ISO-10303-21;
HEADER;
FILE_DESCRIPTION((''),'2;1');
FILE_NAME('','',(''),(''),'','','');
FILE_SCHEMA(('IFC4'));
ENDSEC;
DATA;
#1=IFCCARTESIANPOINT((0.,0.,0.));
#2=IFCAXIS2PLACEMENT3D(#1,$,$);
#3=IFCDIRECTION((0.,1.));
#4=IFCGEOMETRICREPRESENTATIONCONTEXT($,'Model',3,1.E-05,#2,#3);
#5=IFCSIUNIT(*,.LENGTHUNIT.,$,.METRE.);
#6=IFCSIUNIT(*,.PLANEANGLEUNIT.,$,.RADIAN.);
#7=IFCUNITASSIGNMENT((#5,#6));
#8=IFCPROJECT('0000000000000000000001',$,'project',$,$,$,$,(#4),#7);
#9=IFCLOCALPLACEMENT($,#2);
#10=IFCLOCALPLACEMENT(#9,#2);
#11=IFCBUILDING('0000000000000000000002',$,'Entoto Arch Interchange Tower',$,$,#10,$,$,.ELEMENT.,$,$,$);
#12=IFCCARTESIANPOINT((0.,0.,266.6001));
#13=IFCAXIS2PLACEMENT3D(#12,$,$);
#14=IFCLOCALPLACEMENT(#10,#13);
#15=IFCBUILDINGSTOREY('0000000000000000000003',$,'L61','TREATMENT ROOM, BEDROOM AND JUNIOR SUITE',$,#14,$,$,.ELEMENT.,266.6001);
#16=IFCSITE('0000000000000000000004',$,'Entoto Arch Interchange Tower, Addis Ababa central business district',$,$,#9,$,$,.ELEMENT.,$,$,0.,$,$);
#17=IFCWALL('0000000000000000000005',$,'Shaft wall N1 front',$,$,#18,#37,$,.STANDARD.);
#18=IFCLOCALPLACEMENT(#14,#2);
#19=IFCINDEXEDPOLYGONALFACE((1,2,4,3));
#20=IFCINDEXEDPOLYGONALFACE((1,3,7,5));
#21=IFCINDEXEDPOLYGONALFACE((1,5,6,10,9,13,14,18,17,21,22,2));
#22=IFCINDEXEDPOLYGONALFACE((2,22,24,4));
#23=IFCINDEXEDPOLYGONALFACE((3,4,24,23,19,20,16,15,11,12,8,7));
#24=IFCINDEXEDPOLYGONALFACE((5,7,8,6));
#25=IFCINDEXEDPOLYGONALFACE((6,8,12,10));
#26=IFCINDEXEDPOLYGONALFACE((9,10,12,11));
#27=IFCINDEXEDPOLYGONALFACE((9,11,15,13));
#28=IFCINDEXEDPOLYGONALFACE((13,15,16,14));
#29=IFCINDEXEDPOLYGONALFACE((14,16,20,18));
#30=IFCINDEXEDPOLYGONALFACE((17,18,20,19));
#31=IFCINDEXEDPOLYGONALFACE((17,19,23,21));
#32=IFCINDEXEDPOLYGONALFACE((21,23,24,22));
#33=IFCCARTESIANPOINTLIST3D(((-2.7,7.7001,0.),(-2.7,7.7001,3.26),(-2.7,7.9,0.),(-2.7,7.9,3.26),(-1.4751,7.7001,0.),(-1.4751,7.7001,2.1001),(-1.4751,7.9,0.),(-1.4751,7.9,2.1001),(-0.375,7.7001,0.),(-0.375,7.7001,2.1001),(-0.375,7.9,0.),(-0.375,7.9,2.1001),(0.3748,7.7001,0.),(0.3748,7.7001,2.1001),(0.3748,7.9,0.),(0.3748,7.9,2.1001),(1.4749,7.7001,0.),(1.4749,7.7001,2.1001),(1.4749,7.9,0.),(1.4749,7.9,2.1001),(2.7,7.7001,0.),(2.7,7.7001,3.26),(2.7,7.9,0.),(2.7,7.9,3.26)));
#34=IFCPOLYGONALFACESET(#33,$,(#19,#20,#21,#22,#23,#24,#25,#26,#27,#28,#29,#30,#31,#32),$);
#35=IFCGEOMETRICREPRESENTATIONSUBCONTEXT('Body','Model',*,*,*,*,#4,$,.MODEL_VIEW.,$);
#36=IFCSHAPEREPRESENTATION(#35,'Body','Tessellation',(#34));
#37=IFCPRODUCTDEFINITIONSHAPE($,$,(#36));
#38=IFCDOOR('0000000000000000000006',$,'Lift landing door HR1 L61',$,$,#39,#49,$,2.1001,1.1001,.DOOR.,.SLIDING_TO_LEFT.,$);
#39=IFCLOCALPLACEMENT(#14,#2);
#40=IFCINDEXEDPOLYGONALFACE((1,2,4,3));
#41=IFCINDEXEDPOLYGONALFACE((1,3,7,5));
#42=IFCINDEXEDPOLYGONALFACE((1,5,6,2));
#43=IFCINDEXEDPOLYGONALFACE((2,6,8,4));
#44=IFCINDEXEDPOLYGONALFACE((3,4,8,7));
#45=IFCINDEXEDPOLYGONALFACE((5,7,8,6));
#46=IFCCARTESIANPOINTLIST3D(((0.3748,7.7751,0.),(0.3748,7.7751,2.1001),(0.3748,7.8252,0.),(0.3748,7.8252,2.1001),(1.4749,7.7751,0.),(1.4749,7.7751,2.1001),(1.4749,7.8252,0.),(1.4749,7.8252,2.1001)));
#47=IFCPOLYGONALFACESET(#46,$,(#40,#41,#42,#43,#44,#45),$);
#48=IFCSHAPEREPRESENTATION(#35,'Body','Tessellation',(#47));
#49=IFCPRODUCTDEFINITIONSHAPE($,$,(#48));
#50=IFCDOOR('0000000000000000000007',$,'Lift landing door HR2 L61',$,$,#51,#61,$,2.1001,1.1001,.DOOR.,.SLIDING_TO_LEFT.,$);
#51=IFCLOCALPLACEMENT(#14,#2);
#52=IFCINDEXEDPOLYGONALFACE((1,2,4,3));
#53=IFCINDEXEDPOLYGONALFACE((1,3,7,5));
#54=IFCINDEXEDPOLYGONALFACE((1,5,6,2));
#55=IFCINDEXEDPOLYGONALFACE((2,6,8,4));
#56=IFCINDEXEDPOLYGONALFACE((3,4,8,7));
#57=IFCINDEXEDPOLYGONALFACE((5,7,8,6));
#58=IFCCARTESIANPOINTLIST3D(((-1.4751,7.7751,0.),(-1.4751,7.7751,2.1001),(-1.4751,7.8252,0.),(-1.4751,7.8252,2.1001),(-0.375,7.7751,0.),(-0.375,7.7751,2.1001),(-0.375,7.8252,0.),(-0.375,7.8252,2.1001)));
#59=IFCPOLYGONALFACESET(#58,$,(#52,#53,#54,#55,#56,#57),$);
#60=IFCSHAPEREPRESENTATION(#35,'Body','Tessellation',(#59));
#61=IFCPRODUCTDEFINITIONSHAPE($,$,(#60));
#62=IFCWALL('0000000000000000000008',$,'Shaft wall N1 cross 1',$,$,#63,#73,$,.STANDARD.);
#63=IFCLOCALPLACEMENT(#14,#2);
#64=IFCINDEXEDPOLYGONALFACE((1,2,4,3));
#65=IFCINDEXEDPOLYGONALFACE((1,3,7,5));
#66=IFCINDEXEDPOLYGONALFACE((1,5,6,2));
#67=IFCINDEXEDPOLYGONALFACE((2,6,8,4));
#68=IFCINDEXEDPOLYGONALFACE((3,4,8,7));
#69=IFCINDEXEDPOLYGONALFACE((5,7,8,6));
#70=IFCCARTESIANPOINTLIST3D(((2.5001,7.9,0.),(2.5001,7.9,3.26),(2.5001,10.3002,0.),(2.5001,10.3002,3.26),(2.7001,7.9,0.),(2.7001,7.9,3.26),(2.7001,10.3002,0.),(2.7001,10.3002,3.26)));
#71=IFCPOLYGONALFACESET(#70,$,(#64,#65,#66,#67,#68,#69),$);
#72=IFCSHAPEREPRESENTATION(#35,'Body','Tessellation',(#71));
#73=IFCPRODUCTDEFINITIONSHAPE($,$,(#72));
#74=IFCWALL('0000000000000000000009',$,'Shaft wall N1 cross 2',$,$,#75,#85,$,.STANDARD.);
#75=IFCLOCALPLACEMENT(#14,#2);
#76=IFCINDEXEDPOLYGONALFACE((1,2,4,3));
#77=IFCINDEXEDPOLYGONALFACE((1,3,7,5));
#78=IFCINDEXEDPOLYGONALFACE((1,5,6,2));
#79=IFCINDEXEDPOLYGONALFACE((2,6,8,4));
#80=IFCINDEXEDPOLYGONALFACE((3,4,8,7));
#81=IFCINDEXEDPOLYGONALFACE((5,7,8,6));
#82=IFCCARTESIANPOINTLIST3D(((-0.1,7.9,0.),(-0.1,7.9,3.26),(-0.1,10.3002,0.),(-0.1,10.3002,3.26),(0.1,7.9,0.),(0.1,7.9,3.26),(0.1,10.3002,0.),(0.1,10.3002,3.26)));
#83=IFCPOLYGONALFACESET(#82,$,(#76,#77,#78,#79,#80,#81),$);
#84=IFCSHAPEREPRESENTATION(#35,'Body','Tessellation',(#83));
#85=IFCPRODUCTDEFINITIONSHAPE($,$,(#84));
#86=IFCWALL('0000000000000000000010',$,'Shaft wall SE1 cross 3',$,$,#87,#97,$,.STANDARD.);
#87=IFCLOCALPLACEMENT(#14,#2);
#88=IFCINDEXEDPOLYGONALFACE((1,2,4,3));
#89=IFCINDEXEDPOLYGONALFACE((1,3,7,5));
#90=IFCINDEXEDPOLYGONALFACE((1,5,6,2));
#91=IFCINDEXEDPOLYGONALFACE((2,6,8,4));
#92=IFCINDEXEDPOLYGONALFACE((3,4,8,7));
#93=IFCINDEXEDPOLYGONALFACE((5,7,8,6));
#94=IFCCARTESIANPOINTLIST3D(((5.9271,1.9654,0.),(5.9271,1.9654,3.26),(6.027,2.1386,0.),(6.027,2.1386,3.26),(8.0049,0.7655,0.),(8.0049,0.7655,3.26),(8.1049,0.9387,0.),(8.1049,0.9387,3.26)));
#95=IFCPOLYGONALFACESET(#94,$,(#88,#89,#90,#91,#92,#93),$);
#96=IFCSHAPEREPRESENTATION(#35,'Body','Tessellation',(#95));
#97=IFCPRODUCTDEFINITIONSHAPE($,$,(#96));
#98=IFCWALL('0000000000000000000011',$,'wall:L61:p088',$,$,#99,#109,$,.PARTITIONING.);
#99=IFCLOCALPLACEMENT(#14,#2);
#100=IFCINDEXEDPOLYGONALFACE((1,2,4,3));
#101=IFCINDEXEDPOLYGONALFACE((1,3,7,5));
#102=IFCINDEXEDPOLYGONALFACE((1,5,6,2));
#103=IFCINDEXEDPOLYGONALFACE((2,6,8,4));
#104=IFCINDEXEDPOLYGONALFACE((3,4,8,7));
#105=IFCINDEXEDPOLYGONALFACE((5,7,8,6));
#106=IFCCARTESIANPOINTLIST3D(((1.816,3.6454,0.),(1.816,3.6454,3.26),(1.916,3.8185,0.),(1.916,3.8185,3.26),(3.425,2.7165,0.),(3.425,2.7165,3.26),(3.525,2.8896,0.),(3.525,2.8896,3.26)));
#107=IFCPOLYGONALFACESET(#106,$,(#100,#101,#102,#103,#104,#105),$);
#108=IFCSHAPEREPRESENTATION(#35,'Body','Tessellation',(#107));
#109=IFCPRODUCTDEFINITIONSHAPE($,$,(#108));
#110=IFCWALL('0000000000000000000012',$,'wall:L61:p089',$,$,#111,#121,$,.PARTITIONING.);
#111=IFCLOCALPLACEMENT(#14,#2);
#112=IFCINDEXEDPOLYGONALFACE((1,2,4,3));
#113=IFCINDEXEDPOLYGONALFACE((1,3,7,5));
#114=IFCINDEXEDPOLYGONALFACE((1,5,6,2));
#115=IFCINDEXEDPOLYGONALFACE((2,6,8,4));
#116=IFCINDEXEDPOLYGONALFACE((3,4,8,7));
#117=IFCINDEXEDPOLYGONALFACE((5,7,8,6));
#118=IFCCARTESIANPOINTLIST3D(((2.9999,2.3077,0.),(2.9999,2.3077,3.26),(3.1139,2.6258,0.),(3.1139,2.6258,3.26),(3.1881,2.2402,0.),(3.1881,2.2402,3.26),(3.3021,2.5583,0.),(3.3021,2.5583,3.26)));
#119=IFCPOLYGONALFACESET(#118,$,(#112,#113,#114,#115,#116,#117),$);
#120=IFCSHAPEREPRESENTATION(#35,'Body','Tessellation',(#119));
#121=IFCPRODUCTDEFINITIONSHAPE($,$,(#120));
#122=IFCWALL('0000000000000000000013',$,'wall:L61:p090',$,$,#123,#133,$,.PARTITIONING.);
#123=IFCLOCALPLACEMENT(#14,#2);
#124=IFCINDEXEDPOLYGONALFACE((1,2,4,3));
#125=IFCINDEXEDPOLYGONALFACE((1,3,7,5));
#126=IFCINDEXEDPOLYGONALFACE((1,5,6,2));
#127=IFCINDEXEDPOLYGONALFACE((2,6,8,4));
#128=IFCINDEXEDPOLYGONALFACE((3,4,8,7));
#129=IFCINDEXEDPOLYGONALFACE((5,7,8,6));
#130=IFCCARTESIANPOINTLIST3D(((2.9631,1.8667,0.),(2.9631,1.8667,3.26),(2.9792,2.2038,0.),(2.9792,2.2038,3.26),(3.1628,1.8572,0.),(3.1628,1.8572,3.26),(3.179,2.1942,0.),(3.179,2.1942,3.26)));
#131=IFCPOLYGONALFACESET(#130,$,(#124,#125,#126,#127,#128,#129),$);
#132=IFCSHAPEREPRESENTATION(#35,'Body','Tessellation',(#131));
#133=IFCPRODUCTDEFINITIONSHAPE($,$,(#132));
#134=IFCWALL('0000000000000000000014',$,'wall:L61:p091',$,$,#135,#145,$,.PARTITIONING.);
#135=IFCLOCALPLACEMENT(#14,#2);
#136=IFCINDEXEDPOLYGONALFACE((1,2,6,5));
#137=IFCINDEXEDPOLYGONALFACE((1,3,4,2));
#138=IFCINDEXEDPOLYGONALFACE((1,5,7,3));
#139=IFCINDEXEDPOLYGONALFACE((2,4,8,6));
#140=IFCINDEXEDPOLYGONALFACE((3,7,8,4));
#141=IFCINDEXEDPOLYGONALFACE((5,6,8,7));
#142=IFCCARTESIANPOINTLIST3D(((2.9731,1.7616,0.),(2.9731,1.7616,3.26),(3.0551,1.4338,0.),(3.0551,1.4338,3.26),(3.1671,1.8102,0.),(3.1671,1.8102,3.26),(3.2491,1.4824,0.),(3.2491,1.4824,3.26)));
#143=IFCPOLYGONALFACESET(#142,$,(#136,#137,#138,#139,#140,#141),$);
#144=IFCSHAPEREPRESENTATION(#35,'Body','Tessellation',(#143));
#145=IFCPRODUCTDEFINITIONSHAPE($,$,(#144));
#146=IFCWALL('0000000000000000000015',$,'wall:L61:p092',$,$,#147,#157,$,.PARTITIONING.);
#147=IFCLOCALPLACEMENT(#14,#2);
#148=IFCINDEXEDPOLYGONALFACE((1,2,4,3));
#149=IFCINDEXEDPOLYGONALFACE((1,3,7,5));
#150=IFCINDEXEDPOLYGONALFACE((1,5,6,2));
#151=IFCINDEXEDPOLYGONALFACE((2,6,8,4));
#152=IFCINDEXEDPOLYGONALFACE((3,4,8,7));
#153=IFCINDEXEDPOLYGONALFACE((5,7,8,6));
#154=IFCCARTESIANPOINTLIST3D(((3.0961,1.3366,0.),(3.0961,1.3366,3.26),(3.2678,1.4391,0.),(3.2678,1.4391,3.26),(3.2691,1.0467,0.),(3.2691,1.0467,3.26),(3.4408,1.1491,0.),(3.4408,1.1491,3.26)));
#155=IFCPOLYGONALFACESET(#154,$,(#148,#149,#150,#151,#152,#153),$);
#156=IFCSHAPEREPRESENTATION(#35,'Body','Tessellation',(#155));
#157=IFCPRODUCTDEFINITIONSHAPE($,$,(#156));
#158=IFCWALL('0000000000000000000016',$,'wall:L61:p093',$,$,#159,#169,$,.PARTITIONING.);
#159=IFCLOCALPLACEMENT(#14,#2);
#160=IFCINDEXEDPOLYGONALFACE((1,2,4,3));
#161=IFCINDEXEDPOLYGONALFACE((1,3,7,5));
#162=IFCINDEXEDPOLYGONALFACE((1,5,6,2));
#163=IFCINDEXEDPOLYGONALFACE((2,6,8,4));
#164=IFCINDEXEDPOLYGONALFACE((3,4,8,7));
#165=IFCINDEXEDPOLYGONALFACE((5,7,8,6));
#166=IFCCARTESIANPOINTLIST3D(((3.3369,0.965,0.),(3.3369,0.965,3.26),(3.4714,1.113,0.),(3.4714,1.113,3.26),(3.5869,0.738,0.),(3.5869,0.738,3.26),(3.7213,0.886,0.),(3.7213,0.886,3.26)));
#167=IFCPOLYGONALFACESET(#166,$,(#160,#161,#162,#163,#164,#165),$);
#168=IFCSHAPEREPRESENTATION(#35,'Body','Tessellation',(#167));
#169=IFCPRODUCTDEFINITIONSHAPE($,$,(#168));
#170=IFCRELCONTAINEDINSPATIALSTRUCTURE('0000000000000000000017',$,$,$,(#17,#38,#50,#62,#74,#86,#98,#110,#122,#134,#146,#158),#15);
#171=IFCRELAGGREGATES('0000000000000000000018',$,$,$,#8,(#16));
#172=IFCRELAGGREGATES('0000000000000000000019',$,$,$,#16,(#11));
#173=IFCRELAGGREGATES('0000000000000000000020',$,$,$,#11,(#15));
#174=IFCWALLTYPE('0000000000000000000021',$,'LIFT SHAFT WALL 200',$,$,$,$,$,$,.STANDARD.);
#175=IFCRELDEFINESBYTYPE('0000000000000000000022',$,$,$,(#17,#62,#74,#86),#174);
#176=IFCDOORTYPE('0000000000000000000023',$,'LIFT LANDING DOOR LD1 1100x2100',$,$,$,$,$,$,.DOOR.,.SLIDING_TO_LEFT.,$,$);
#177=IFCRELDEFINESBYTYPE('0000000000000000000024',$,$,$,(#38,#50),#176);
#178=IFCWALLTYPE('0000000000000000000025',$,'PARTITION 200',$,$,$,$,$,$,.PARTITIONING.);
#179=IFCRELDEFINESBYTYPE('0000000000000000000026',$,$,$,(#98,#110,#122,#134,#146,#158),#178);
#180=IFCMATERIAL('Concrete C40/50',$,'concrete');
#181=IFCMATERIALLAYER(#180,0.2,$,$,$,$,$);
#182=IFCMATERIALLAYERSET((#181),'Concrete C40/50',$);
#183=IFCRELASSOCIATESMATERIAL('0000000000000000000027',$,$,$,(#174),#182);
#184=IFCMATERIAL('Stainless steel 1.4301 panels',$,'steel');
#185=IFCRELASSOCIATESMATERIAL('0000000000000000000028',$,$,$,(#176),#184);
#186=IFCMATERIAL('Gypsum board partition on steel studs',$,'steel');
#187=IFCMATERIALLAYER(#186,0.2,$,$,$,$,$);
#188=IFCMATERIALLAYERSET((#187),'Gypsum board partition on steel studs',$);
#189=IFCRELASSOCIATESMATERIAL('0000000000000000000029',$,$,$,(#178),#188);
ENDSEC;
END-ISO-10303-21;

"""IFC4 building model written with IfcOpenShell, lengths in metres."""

from ifc_helpers import new_model, si_unit, direction, frame, frame_2d, origin, place, context, subcontext, project, spatial, rectangle, extrude, material, layer, layer_set, type_object, element, fill, save


model = new_model("IFC4")

# Units and contexts
model_context = context("Model", 3, precision=1e-05, world=origin(), true_north=direction((0.0, 1.0)))
body_context = subcontext(model_context, "Body", "Model", "MODEL_VIEW")
ifc_project = project(units=[si_unit("LENGTHUNIT", "METRE"), si_unit("PLANEANGLEUNIT", "RADIAN")], contexts=[model_context])

# Site, building, storey
site_placement = place(None, origin())
site = spatial("IfcSite", under=ifc_project, at=site_placement, Name="Entoto Arch Interchange Tower, Addis Ababa central business district", CompositionType="ELEMENT", RefElevation=0.0)
building_placement = place(site_placement, origin())
building = spatial("IfcBuilding", under=site, at=building_placement, Name="Entoto Arch Interchange Tower", CompositionType="ELEMENT")
storey_placement = place(building_placement, frame((0.0, 0.0, 266.6001)))
storey = spatial("IfcBuildingStorey", under=building, at=storey_placement, Name="L61", Description="TREATMENT ROOM, BEDROOM AND JUNIOR SUITE", CompositionType="ELEMENT", Elevation=266.6001)

# Wall, openings, doors
ifc_material_1 = material(Name="Concrete C40/50", Category="concrete")
ifc_layer_1 = layer(ifc_material_1, 0.2)
ifc_layer_set_1 = layer_set([ifc_layer_1], Name="Concrete C40/50")
wall_type_1 = type_object("IfcWallType", Name="LIFT SHAFT WALL 200", PredefinedType="STANDARD", material=ifc_layer_set_1)
wall_1_placement = place(storey_placement, frame((2.7, 7.8, 0.0), z_axis=(0.0, 0.0, 1.0), x_axis=(-1.0, 0.0, 0.0)))
wall_1 = element("IfcWall", 1, at=wall_1_placement, inside=storey, type_object=wall_type_1, Name="Shaft wall N1 front", PredefinedType="STANDARD", context=body_context, shape_type="SweptSolid", body=[
    extrude(rectangle(XDim=5.3999, YDim=0.2, at=frame_2d((2.7, 0.0))), origin(), (0.0, 0.0, 1.0), 3.26),
])
opening_1_placement = place(wall_1_placement, frame((1.2251, 0.0, 0.0)))
opening_1 = element("IfcOpeningElement", 2, at=opening_1_placement, cuts=wall_1, PredefinedType="OPENING", context=body_context, shape_type="SweptSolid", body=[
    extrude(rectangle(XDim=1.1001, YDim=2.1001, at=frame_2d((0.55, 1.05))), frame((0.0, 0.1099, 0.0), z_axis=(0.0, -1.0, 0.0), x_axis=(1.0, 0.0, 0.0)), (0.0, 0.0, 1.0), 0.22),
])
opening_2_placement = place(wall_1_placement, frame((3.075, 0.0, 0.0)))
opening_2 = element("IfcOpeningElement", 3, at=opening_2_placement, cuts=wall_1, PredefinedType="OPENING", context=body_context, shape_type="SweptSolid", body=[
    extrude(rectangle(XDim=1.1001, YDim=2.1001, at=frame_2d((0.55, 1.05))), frame((0.0, 0.1099, 0.0), z_axis=(0.0, -1.0, 0.0), x_axis=(1.0, 0.0, 0.0)), (0.0, 0.0, 1.0), 0.22),
])
ifc_material_2 = material(Name="Stainless steel 1.4301 panels", Category="steel")
door_type_1 = type_object("IfcDoorType", Name="LIFT LANDING DOOR LD1 1100x2100", OperationType="SLIDING_TO_LEFT", PredefinedType="DOOR", material=ifc_material_2)
door_1_placement = place(opening_1_placement, origin())
door_1 = element("IfcDoor", 4, at=door_1_placement, inside=storey, type_object=door_type_1, Name="Lift landing door HR1 L61", OperationType="SLIDING_TO_LEFT", OverallHeight=2.1001, OverallWidth=1.1001, PredefinedType="DOOR", context=body_context, shape_type="SweptSolid", body=[
    extrude(rectangle(XDim=1.1001, YDim=2.1001, at=frame_2d((0.55, 1.05))), frame((0.0, 0.0249, 0.0), z_axis=(0.0, -1.0, 0.0), x_axis=(1.0, 0.0, 0.0)), (0.0, 0.0, 1.0), 0.05),
])
fill(opening_1, door_1)
door_2_placement = place(opening_2_placement, origin())
door_2 = element("IfcDoor", 5, at=door_2_placement, inside=storey, type_object=door_type_1, Name="Lift landing door HR2 L61", OperationType="SLIDING_TO_LEFT", OverallHeight=2.1001, OverallWidth=1.1001, PredefinedType="DOOR", context=body_context, shape_type="SweptSolid", body=[
    extrude(rectangle(XDim=1.1001, YDim=2.1001, at=frame_2d((0.55, 1.05))), frame((0.0, 0.0249, 0.0), z_axis=(0.0, -1.0, 0.0), x_axis=(1.0, 0.0, 0.0)), (0.0, 0.0, 1.0), 0.05),
])
fill(opening_2, door_2)

# Walls
for number, where, z_axis, x_axis, name in (
    (6, (2.6001, 7.8999, 0.0), (0.0, 0.0, 1.0), (0.0, 1.0, 0.0), "Shaft wall N1 cross 1"),
    (7, (0.0, 7.8999, 0.0), (0.0, 0.0, 1.0), (0.0, 1.0, 0.0), "Shaft wall N1 cross 2"),
):
    element("IfcWall", number, at=place(storey_placement, frame(where, z_axis=z_axis, x_axis=x_axis)), inside=storey, type_object=wall_type_1, Name=name, PredefinedType="STANDARD", context=body_context, shape_type="SweptSolid", body=[
        extrude(rectangle(XDim=2.4001, YDim=0.2, at=frame_2d((1.2002, 0.0))), origin(), (0.0, 0.0, 1.0), 3.26),
    ])
wall_2_placement = place(storey_placement, frame((5.9771, 2.052, 0.0), z_axis=(0.0, 0.0, 1.0), x_axis=(0.865974, -0.500089, 0.0)))
element("IfcWall", 8, at=wall_2_placement, inside=storey, type_object=wall_type_1, Name="Shaft wall SE1 cross 3", PredefinedType="STANDARD", context=body_context, shape_type="SweptSolid", body=[
    extrude(rectangle(XDim=2.3994, YDim=0.2, at=frame_2d((1.1997, 0.0))), origin(), (0.0, 0.0, 1.0), 3.26),
])
ifc_material_3 = material(Name="Gypsum board partition on steel studs", Category="steel")
ifc_layer_2 = layer(ifc_material_3, 0.2)
ifc_layer_set_2 = layer_set([ifc_layer_2], Name="Gypsum board partition on steel studs")
wall_type_2 = type_object("IfcWallType", Name="PARTITION 200", PredefinedType="PARTITIONING", material=ifc_layer_set_2)
wall_3_placement = place(storey_placement, frame((1.866, 3.7319, 0.0), z_axis=(0.0, 0.0, 1.0), x_axis=(0.866043, -0.499969, 0.0)))
element("IfcWall", 9, at=wall_3_placement, inside=storey, type_object=wall_type_2, Name="wall:L61:p088", PredefinedType="PARTITIONING", context=body_context, shape_type="SweptSolid", body=[
    extrude(rectangle(XDim=1.8579, YDim=0.2, at=frame_2d((0.929, 0.0))), origin(), (0.0, 0.0, 1.0), 3.26),
])
wall_4_placement = place(storey_placement, frame((3.208, 2.592, 0.0), z_axis=(0.0, 0.0, 1.0), x_axis=(-0.337389, -0.941365, 0.0)))
element("IfcWall", 10, at=wall_4_placement, inside=storey, type_object=wall_type_2, Name="wall:L61:p089", PredefinedType="PARTITIONING", context=body_context, shape_type="SweptSolid", body=[
    extrude(rectangle(XDim=0.3379, YDim=0.2, at=frame_2d((0.1689, 0.0))), origin(), (0.0, 0.0, 1.0), 3.26),
])
wall_5_placement = place(storey_placement, frame((3.0791, 2.199, 0.0), z_axis=(0.0, 0.0, 1.0), x_axis=(-0.047771, -0.998858, 0.0)))
element("IfcWall", 11, at=wall_5_placement, inside=storey, type_object=wall_type_2, Name="wall:L61:p090", PredefinedType="PARTITIONING", context=body_context, shape_type="SweptSolid", body=[
    extrude(rectangle(XDim=0.3374, YDim=0.2, at=frame_2d((0.1687, 0.0))), origin(), (0.0, 0.0, 1.0), 3.26),
])
wall_6_placement = place(storey_placement, frame((3.0701, 1.7859, 0.0), z_axis=(0.0, 0.0, 1.0), x_axis=(0.242706, -0.9701, 0.0)))
element("IfcWall", 12, at=wall_6_placement, inside=storey, type_object=wall_type_2, Name="wall:L61:p091", PredefinedType="PARTITIONING", context=body_context, shape_type="SweptSolid", body=[
    extrude(rectangle(XDim=0.3379, YDim=0.2, at=frame_2d((0.1689, 0.0))), origin(), (0.0, 0.0, 1.0), 3.26),
])
for number, where, z_axis, x_axis, name in (
    (13, (3.1819, 1.3879, 0.0), (0.0, 0.0, 1.0), (0.512475, -0.858702, 0.0), "wall:L61:p092"),
    (14, (3.4041, 1.0391, 0.0), (0.0, 0.0, 1.0), (0.740267, -0.672313, 0.0), "wall:L61:p093"),
):
    element("IfcWall", number, at=place(storey_placement, frame(where, z_axis=z_axis, x_axis=x_axis)), inside=storey, type_object=wall_type_2, Name=name, PredefinedType="PARTITIONING", context=body_context, shape_type="SweptSolid", body=[
        extrude(rectangle(XDim=0.3376, YDim=0.2, at=frame_2d((0.1689, 0.0))), origin(), (0.0, 0.0, 1.0), 3.26),
    ])

save(model, "model.ifc")
